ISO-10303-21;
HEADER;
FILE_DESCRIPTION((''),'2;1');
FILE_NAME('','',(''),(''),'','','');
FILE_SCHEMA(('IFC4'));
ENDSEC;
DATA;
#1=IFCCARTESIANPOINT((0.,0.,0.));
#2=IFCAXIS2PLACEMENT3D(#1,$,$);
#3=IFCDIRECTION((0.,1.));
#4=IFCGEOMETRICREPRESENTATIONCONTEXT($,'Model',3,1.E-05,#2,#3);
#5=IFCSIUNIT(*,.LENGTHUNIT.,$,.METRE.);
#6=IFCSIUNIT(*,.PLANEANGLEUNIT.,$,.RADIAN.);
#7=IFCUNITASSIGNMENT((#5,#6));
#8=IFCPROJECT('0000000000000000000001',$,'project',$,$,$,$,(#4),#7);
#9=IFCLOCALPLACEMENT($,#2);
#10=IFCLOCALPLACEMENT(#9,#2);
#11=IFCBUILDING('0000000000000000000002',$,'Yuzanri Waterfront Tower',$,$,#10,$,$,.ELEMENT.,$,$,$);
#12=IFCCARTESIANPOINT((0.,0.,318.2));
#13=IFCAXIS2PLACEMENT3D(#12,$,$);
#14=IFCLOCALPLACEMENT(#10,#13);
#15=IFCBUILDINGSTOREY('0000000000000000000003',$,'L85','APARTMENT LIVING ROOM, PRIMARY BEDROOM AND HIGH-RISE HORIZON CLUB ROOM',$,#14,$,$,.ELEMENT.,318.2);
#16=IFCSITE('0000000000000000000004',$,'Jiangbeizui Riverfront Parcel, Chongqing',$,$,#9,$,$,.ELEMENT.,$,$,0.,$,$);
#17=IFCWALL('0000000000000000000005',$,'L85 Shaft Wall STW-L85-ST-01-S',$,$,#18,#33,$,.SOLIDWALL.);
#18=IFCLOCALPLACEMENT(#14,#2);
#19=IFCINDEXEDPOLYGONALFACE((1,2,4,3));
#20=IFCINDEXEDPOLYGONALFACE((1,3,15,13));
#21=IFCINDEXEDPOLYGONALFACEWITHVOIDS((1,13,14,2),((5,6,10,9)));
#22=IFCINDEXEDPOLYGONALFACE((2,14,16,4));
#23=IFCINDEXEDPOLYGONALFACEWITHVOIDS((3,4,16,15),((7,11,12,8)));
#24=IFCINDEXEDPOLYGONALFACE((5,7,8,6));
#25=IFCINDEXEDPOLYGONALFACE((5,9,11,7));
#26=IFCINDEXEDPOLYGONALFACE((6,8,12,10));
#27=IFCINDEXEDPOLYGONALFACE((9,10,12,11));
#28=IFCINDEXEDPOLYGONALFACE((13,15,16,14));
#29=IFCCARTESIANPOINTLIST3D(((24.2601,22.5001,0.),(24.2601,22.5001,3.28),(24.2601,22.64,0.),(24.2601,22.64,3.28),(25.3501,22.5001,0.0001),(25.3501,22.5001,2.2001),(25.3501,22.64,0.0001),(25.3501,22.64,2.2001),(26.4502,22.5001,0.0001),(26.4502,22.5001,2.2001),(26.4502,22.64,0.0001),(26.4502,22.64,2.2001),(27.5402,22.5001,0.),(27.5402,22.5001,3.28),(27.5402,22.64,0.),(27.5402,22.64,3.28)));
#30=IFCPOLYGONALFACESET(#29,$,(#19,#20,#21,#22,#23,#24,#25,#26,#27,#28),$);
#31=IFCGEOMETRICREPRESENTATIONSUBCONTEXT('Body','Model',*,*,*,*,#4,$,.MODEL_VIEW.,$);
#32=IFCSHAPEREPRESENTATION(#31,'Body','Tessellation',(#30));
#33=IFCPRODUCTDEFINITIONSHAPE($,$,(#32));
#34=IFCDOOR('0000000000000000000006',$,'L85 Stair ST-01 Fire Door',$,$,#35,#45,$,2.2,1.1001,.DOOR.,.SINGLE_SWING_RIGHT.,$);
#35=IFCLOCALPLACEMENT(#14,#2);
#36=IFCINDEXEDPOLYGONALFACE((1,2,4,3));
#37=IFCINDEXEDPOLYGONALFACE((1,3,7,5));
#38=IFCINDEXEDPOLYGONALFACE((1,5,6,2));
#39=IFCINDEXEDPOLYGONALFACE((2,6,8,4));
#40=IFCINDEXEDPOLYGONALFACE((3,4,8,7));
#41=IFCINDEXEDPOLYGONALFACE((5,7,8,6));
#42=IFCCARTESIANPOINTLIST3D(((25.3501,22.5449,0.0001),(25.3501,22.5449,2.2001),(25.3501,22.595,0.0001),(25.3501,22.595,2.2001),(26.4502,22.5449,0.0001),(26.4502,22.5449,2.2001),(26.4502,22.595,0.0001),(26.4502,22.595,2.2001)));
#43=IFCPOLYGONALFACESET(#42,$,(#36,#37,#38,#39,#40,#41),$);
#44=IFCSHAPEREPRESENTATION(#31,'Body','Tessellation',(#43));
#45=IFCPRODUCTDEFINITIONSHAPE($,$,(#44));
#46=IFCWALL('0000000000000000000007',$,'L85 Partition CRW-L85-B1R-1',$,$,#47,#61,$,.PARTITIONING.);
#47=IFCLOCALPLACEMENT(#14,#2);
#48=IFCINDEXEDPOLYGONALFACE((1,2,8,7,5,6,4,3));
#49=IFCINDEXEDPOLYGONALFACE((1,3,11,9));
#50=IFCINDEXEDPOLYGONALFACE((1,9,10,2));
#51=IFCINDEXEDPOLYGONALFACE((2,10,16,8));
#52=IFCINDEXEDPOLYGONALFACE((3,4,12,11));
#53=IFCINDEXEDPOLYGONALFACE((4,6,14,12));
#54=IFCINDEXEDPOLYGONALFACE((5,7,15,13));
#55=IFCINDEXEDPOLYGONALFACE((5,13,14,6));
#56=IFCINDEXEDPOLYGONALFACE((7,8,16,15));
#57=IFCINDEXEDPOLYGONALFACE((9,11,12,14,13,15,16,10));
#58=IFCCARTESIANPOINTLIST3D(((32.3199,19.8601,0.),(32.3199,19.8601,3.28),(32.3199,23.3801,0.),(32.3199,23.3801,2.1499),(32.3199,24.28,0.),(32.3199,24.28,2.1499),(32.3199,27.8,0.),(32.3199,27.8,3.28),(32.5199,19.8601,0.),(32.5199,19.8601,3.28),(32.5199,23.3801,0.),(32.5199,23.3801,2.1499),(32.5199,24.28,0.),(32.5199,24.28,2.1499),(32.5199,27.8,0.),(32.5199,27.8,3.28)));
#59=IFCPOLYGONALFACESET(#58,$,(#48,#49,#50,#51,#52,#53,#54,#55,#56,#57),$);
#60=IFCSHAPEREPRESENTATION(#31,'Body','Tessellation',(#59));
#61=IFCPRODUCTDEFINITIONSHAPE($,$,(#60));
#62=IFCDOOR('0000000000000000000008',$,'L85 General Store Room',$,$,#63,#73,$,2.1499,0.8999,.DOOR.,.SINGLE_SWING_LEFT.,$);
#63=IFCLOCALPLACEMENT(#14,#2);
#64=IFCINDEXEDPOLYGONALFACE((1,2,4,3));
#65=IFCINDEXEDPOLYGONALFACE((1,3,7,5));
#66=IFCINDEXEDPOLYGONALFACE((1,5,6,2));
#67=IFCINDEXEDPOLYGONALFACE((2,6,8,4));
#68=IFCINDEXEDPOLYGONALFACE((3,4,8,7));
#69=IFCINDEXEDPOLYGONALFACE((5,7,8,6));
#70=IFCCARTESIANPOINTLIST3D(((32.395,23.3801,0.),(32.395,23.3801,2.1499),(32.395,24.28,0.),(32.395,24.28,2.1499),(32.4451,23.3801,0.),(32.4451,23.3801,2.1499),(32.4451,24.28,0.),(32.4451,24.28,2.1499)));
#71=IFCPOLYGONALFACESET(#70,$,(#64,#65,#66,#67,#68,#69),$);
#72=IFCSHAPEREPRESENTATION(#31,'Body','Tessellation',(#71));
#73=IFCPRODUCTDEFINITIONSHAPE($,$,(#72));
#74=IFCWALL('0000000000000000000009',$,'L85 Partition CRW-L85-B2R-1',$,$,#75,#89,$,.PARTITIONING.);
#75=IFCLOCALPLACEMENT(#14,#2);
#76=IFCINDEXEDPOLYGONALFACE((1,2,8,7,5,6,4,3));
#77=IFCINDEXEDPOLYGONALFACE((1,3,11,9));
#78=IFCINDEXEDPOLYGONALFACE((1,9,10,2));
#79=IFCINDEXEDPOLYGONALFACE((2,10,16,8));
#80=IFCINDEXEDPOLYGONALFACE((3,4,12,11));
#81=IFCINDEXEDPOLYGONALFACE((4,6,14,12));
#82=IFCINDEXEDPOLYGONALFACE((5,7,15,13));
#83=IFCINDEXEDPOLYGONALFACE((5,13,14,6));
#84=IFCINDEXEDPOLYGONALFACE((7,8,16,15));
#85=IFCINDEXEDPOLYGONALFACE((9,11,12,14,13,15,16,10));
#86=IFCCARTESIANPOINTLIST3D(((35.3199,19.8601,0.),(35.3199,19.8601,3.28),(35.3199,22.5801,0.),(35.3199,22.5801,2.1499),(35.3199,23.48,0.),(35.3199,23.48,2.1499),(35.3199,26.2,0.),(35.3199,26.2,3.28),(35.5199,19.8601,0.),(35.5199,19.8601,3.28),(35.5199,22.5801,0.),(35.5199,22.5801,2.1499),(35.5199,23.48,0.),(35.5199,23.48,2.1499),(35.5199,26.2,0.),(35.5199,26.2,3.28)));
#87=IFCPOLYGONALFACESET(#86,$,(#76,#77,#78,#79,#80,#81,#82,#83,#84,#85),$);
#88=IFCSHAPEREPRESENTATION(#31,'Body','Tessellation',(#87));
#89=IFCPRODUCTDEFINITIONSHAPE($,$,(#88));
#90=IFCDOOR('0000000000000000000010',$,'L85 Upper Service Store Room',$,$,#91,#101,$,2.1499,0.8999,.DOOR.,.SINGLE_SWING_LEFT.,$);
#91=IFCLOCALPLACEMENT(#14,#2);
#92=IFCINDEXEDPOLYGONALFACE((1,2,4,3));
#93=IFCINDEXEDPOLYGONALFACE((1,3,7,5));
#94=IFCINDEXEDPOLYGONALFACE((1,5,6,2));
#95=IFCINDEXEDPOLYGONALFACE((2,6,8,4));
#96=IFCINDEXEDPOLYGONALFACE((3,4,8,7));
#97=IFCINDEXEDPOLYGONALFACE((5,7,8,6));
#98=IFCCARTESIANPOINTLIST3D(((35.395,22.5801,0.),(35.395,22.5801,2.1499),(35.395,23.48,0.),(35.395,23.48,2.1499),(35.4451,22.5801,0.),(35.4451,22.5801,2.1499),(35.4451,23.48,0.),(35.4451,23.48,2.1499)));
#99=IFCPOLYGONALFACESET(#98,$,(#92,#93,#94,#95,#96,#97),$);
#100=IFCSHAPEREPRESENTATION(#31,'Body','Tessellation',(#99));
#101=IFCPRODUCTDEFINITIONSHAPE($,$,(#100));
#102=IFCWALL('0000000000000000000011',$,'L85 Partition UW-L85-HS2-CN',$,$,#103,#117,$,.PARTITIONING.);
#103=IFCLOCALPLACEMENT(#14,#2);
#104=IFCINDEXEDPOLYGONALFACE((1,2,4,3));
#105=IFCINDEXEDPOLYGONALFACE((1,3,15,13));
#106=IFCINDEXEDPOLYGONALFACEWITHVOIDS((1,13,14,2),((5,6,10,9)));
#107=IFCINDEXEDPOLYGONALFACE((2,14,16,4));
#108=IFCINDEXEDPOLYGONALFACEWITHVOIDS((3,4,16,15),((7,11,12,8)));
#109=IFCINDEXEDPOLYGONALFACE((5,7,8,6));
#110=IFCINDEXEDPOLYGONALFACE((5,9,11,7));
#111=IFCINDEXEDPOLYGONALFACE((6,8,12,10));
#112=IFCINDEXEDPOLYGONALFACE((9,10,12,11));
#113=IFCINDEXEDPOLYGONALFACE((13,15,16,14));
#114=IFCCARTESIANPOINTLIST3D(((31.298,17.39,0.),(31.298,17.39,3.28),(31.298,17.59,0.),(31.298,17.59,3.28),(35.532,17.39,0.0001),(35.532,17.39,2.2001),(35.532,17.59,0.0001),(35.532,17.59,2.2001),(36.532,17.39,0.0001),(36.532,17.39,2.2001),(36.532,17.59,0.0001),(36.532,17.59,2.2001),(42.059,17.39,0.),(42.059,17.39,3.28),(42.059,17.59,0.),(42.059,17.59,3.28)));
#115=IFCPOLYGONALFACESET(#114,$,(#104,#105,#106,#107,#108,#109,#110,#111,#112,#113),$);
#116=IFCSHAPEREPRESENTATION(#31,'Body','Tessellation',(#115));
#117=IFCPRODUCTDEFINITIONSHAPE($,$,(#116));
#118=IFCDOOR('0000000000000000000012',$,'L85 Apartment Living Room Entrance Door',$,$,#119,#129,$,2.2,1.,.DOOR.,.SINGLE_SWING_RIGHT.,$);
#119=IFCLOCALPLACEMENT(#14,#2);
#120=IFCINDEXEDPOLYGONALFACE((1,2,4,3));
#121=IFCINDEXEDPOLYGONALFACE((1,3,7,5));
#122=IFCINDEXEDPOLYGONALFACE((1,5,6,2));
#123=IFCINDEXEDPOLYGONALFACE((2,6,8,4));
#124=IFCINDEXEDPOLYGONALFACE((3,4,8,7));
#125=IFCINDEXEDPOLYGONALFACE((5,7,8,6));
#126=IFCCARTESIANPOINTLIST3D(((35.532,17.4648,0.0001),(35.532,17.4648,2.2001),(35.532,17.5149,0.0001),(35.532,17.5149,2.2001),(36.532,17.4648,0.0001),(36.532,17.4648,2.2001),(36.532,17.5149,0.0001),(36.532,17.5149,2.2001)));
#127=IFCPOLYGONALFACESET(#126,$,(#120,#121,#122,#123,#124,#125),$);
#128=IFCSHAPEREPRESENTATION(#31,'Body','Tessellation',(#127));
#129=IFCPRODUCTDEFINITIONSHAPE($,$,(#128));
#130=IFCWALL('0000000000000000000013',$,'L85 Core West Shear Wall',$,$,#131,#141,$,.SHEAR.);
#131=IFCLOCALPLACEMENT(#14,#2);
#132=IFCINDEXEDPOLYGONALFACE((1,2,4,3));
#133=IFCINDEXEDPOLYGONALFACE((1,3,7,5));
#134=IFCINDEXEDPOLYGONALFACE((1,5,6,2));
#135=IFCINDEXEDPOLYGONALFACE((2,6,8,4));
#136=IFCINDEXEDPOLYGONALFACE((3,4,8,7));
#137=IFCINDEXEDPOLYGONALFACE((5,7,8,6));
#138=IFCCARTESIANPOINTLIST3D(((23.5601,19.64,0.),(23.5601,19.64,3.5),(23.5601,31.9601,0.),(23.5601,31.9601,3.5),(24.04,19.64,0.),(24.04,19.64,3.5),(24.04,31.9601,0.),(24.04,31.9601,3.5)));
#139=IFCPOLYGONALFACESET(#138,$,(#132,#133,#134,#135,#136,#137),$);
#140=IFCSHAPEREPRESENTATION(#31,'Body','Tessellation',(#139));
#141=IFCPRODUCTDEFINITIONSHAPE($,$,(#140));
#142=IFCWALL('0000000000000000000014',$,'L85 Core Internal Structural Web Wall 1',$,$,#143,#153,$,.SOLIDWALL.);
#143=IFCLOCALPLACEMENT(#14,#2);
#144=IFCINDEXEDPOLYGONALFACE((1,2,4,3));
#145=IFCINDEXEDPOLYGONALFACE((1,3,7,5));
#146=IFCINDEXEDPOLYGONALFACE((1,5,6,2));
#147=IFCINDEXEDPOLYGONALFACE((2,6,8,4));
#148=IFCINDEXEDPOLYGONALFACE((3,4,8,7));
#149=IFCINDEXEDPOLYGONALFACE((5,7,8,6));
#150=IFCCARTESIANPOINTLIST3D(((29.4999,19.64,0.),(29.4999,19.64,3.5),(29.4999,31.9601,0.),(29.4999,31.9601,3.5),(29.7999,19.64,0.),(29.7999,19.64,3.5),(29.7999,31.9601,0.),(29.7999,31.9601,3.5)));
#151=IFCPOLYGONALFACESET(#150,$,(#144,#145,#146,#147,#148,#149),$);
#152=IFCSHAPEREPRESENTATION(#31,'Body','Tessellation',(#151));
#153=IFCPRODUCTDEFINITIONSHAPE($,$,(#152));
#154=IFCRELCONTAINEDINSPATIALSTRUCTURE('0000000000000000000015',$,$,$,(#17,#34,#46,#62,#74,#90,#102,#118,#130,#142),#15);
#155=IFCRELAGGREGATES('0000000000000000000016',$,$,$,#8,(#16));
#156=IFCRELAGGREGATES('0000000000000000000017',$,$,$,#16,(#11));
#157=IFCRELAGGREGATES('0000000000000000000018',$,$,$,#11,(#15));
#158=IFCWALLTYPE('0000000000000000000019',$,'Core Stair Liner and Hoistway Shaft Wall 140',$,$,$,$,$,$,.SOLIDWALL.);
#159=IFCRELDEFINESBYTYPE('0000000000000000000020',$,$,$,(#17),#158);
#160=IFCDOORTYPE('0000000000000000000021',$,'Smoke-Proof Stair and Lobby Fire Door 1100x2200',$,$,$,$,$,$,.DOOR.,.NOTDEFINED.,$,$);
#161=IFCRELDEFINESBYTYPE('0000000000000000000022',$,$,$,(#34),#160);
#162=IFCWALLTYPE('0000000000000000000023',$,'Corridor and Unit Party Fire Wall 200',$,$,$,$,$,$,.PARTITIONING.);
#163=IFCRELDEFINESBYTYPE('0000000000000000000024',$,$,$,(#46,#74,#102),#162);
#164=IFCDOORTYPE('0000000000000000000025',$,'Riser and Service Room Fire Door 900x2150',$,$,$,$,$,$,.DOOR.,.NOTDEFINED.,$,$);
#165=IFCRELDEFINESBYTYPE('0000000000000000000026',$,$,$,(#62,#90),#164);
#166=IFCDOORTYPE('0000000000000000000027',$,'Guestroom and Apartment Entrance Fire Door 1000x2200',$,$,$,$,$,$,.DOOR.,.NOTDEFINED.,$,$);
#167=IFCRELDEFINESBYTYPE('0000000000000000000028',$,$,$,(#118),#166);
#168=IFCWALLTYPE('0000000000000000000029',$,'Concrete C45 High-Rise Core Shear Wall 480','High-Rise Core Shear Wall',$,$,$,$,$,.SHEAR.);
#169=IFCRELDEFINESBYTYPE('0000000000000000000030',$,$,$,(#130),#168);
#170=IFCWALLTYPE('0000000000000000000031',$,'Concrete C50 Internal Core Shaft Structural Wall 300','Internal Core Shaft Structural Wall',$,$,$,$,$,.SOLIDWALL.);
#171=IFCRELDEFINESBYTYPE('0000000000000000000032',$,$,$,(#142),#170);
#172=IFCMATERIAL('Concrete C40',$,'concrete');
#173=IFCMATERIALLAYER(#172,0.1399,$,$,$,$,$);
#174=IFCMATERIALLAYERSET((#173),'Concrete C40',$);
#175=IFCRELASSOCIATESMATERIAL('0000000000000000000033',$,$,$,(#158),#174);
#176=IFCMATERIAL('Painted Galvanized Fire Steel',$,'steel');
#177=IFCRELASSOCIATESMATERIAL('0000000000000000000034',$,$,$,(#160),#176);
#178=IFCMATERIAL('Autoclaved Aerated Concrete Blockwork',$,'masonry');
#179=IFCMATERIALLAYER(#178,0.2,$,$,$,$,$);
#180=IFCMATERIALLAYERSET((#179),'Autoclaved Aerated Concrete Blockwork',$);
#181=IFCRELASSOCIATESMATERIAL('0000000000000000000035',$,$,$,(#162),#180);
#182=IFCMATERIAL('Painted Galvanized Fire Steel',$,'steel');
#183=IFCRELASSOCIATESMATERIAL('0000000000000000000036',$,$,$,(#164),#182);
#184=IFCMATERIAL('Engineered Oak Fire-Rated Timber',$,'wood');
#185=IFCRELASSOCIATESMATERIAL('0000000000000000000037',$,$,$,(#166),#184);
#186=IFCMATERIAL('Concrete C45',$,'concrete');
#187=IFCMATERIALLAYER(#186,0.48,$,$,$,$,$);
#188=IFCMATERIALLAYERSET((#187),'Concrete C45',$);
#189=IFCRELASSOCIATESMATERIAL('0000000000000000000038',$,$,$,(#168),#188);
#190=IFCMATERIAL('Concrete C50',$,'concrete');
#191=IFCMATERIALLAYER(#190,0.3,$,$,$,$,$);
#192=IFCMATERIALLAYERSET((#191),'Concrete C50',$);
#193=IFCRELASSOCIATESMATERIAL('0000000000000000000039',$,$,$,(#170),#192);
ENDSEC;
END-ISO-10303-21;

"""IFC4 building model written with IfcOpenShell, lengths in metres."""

from ifc_helpers import new_model, si_unit, direction, frame, frame_2d, origin, place, context, subcontext, project, spatial, rectangle, extrude, source, transform, mapped, material, layer, layer_set, type_object, element, fill, save


model = new_model("IFC4")

# Units and contexts
model_context = context("Model", 3, precision=1e-05, world=origin(), true_north=direction((0.0, 1.0)))
body_context = subcontext(model_context, "Body", "Model", "MODEL_VIEW")
ifc_project = project(units=[si_unit("LENGTHUNIT", "METRE"), si_unit("PLANEANGLEUNIT", "RADIAN")], contexts=[model_context])

# Site, building, storey
site_placement = place(None, origin())
site = spatial("IfcSite", under=ifc_project, at=site_placement, Name="Jiangbeizui Riverfront Parcel, Chongqing", CompositionType="ELEMENT", RefElevation=0.0)
building_placement = place(site_placement, origin())
building = spatial("IfcBuilding", under=site, at=building_placement, Name="Yuzanri Waterfront Tower", CompositionType="ELEMENT")
storey_placement = place(building_placement, frame((0.0, 0.0, 318.2)))
storey = spatial("IfcBuildingStorey", under=building, at=storey_placement, Name="L85", Description="APARTMENT LIVING ROOM, PRIMARY BEDROOM AND HIGH-RISE HORIZON CLUB ROOM", CompositionType="ELEMENT", Elevation=318.2)

# Walls, openings, doors
ifc_material_1 = material(Name="Concrete C40", Category="concrete")
ifc_layer_1 = layer(ifc_material_1, 0.1399)
ifc_layer_set_1 = layer_set([ifc_layer_1], Name="Concrete C40")
wall_type_1 = type_object("IfcWallType", Name="Core Stair Liner and Hoistway Shaft Wall 140", PredefinedType="SOLIDWALL", material=ifc_layer_set_1)
wall_1_placement = place(storey_placement, frame((24.26, 22.5701, 0.0), z_axis=(0.0, 0.0, 1.0), x_axis=(1.0, 0.0, 0.0)))
wall_1 = element("IfcWall", 1, at=wall_1_placement, inside=storey, type_object=wall_type_1, Name="L85 Shaft Wall STW-L85-ST-01-S", PredefinedType="SOLIDWALL", context=body_context, shape_type="SweptSolid", body=[
    extrude(rectangle(XDim=3.28, YDim=0.1399, at=frame_2d((1.6401, 0.0))), origin(), (0.0, 0.0, 1.0), 3.28),
])
opening_1_placement = place(wall_1_placement, frame((1.0901, 0.0, 0.0)))
opening_1 = element("IfcOpeningElement", 2, at=opening_1_placement, cuts=wall_1, PredefinedType="OPENING", context=body_context, shape_type="SweptSolid", body=[
    extrude(rectangle(XDim=1.1001, YDim=2.2, at=frame_2d((0.55, 1.1001))), frame((0.0, 0.085, 0.0), z_axis=(0.0, -1.0, 0.0), x_axis=(1.0, 0.0, 0.0)), (0.0, 0.0, 1.0), 0.1697),
])
ifc_material_2 = material(Name="Painted Galvanized Fire Steel", Category="steel")
door_type_1 = type_object("IfcDoorType", Name="Smoke-Proof Stair and Lobby Fire Door 1100x2200", OperationType="NOTDEFINED", PredefinedType="DOOR", material=ifc_material_2)
shared_shape_1 = source(origin(), body_context, "Body", "SweptSolid", [
    extrude(rectangle(XDim=1.1001, YDim=2.2, at=frame_2d((0.55, 1.1001))), frame((0.0, 0.0249, 0.0), z_axis=(0.0, -1.0, 0.0), x_axis=(1.0, 0.0, 0.0)), (0.0, 0.0, 1.0), 0.05),
])
door_1_placement = place(opening_1_placement, origin())
door_1 = element("IfcDoor", 3, at=door_1_placement, inside=storey, type_object=door_type_1, Name="L85 Stair ST-01 Fire Door", OperationType="SINGLE_SWING_RIGHT", OverallHeight=2.2, OverallWidth=1.1001, PredefinedType="DOOR", context=body_context, shape_type="MappedRepresentation", body=[
    mapped(shared_shape_1, transform((0.0, 0.0, 0.0), scale=1.0)),
])
fill(opening_1, door_1)
ifc_material_3 = material(Name="Autoclaved Aerated Concrete Blockwork", Category="masonry")
ifc_layer_2 = layer(ifc_material_3, 0.2)
ifc_layer_set_2 = layer_set([ifc_layer_2], Name="Autoclaved Aerated Concrete Blockwork")
wall_type_2 = type_object("IfcWallType", Name="Corridor and Unit Party Fire Wall 200", PredefinedType="PARTITIONING", material=ifc_layer_set_2)
wall_2_placement = place(storey_placement, frame((32.4199, 19.8601, 0.0), z_axis=(0.0, 0.0, 1.0), x_axis=(0.0, 1.0, 0.0)))
wall_2 = element("IfcWall", 4, at=wall_2_placement, inside=storey, type_object=wall_type_2, Name="L85 Partition CRW-L85-B1R-1", PredefinedType="PARTITIONING", context=body_context, shape_type="SweptSolid", body=[
    extrude(rectangle(XDim=7.9399, YDim=0.2, at=frame_2d((3.97, 0.0))), origin(), (0.0, 0.0, 1.0), 3.28),
])
opening_2_placement = place(wall_2_placement, frame((3.52, 0.0, 0.0)))
opening_2 = element("IfcOpeningElement", 5, at=opening_2_placement, cuts=wall_2, PredefinedType="OPENING", context=body_context, shape_type="SweptSolid", body=[
    extrude(rectangle(XDim=0.8999, YDim=2.1499, at=frame_2d((0.45, 1.075))), frame((0.0, 0.1147, 0.0), z_axis=(0.0, -1.0, 0.0), x_axis=(1.0, 0.0, 0.0)), (0.0, 0.0, 1.0), 0.2297),
])
ifc_material_4 = material(Name="Painted Galvanized Fire Steel", Category="steel")
door_type_2 = type_object("IfcDoorType", Name="Riser and Service Room Fire Door 900x2150", OperationType="NOTDEFINED", PredefinedType="DOOR", material=ifc_material_4)
shared_shape_2 = source(origin(), body_context, "Body", "SweptSolid", [
    extrude(rectangle(XDim=0.8999, YDim=2.1499, at=frame_2d((0.45, 1.075))), frame((0.0, 0.0249, 0.0), z_axis=(0.0, -1.0, 0.0), x_axis=(1.0, 0.0, 0.0)), (0.0, 0.0, 1.0), 0.05),
])
door_2_placement = place(opening_2_placement, origin())
door_2 = element("IfcDoor", 6, at=door_2_placement, inside=storey, type_object=door_type_2, Name="L85 General Store Room", OperationType="SINGLE_SWING_LEFT", OverallHeight=2.1499, OverallWidth=0.8999, PredefinedType="DOOR", context=body_context, shape_type="MappedRepresentation", body=[
    mapped(shared_shape_2, transform((0.0, 0.0, 0.0), scale=1.0)),
])
fill(opening_2, door_2)
wall_3_placement = place(storey_placement, frame((35.4199, 19.8601, 0.0), z_axis=(0.0, 0.0, 1.0), x_axis=(0.0, 1.0, 0.0)))
wall_3 = element("IfcWall", 7, at=wall_3_placement, inside=storey, type_object=wall_type_2, Name="L85 Partition CRW-L85-B2R-1", PredefinedType="PARTITIONING", context=body_context, shape_type="SweptSolid", body=[
    extrude(rectangle(XDim=6.3398, YDim=0.2, at=frame_2d((3.1699, 0.0))), origin(), (0.0, 0.0, 1.0), 3.28),
])
opening_3_placement = place(wall_3_placement, frame((2.72, 0.0, 0.0)))
opening_3 = element("IfcOpeningElement", 8, at=opening_3_placement, cuts=wall_3, PredefinedType="OPENING", context=body_context, shape_type="SweptSolid", body=[
    extrude(rectangle(XDim=0.8999, YDim=2.1499, at=frame_2d((0.45, 1.075))), frame((0.0, 0.1147, 0.0), z_axis=(0.0, -1.0, 0.0), x_axis=(1.0, 0.0, 0.0)), (0.0, 0.0, 1.0), 0.2297),
])
door_3_placement = place(opening_3_placement, origin())
door_3 = element("IfcDoor", 9, at=door_3_placement, inside=storey, type_object=door_type_2, Name="L85 Upper Service Store Room", OperationType="SINGLE_SWING_LEFT", OverallHeight=2.1499, OverallWidth=0.8999, PredefinedType="DOOR", context=body_context, shape_type="MappedRepresentation", body=[
    mapped(shared_shape_2, transform((0.0, 0.0, 0.0), scale=1.0)),
])
fill(opening_3, door_3)
wall_4_placement = place(storey_placement, frame((31.2981, 17.49, 0.0), z_axis=(0.0, 0.0, 1.0), x_axis=(1.0, 0.0, 0.0)))
wall_4 = element("IfcWall", 10, at=wall_4_placement, inside=storey, type_object=wall_type_2, Name="L85 Partition UW-L85-HS2-CN", PredefinedType="PARTITIONING", context=body_context, shape_type="SweptSolid", body=[
    extrude(rectangle(XDim=10.761, YDim=0.2, at=frame_2d((5.3804, 0.0))), origin(), (0.0, 0.0, 1.0), 3.28),
])
opening_4_placement = place(wall_4_placement, frame((4.2339, 0.0, 0.0)))
opening_4 = element("IfcOpeningElement", 11, at=opening_4_placement, cuts=wall_4, PredefinedType="OPENING", context=body_context, shape_type="SweptSolid", body=[
    extrude(rectangle(XDim=1.0, YDim=2.2, at=frame_2d((0.5, 1.1001))), frame((0.0, 0.1147, 0.0), z_axis=(0.0, -1.0, 0.0), x_axis=(1.0, 0.0, 0.0)), (0.0, 0.0, 1.0), 0.2297),
])
ifc_material_5 = material(Name="Engineered Oak Fire-Rated Timber", Category="wood")
door_type_3 = type_object("IfcDoorType", Name="Guestroom and Apartment Entrance Fire Door 1000x2200", OperationType="NOTDEFINED", PredefinedType="DOOR", material=ifc_material_5)
shared_shape_3 = source(origin(), body_context, "Body", "SweptSolid", [
    extrude(rectangle(XDim=1.0, YDim=2.2, at=frame_2d((0.5, 1.1001))), frame((0.0, 0.0249, 0.0), z_axis=(0.0, -1.0, 0.0), x_axis=(1.0, 0.0, 0.0)), (0.0, 0.0, 1.0), 0.05),
])
door_4_placement = place(opening_4_placement, origin())
door_4 = element("IfcDoor", 12, at=door_4_placement, inside=storey, type_object=door_type_3, Name="L85 Apartment Living Room Entrance Door", OperationType="SINGLE_SWING_RIGHT", OverallHeight=2.2, OverallWidth=1.0, PredefinedType="DOOR", context=body_context, shape_type="MappedRepresentation", body=[
    mapped(shared_shape_3, transform((0.0, 0.0, 0.0), scale=1.0)),
])
fill(opening_4, door_4)

# Walls
ifc_material_6 = material(Name="Concrete C45", Category="concrete")
ifc_layer_3 = layer(ifc_material_6, 0.48)
ifc_layer_set_3 = layer_set([ifc_layer_3], Name="Concrete C45")
wall_type_3 = type_object("IfcWallType", Name="Concrete C45 High-Rise Core Shear Wall 480", Description="High-Rise Core Shear Wall", PredefinedType="SHEAR", material=ifc_layer_set_3)
shared_shape_4 = source(origin(), body_context, "Body", "SweptSolid", [
    extrude(rectangle(XDim=12.3201, YDim=0.48, at=frame_2d((6.1602, 0.0))), origin(), (0.0, 0.0, 1.0), 3.5),
])
wall_5_placement = place(storey_placement, frame((23.8, 19.6399, 0.0), z_axis=(0.0, 0.0, 1.0), x_axis=(0.0, 1.0, 0.0)))
element("IfcWall", 13, at=wall_5_placement, inside=storey, type_object=wall_type_3, Name="L85 Core West Shear Wall", PredefinedType="SHEAR", context=body_context, shape_type="MappedRepresentation", body=[
    mapped(shared_shape_4, transform((0.0, 0.0, 0.0), scale=1.0)),
])
ifc_material_7 = material(Name="Concrete C50", Category="concrete")
ifc_layer_4 = layer(ifc_material_7, 0.3)
ifc_layer_set_4 = layer_set([ifc_layer_4], Name="Concrete C50")
wall_type_4 = type_object("IfcWallType", Name="Concrete C50 Internal Core Shaft Structural Wall 300", Description="Internal Core Shaft Structural Wall", PredefinedType="SOLIDWALL", material=ifc_layer_set_4)
shared_shape_5 = source(origin(), body_context, "Body", "SweptSolid", [
    extrude(rectangle(XDim=12.3201, YDim=0.3, at=frame_2d((6.1602, 0.0))), origin(), (0.0, 0.0, 1.0), 3.5),
])
wall_6_placement = place(storey_placement, frame((29.6499, 19.6399, 0.0), z_axis=(0.0, 0.0, 1.0), x_axis=(0.0, 1.0, 0.0)))
element("IfcWall", 14, at=wall_6_placement, inside=storey, type_object=wall_type_4, Name="L85 Core Internal Structural Web Wall 1", PredefinedType="SOLIDWALL", context=body_context, shape_type="MappedRepresentation", body=[
    mapped(shared_shape_5, transform((0.0, 0.0, 0.0), scale=1.0)),
])

save(model, "model.ifc")
